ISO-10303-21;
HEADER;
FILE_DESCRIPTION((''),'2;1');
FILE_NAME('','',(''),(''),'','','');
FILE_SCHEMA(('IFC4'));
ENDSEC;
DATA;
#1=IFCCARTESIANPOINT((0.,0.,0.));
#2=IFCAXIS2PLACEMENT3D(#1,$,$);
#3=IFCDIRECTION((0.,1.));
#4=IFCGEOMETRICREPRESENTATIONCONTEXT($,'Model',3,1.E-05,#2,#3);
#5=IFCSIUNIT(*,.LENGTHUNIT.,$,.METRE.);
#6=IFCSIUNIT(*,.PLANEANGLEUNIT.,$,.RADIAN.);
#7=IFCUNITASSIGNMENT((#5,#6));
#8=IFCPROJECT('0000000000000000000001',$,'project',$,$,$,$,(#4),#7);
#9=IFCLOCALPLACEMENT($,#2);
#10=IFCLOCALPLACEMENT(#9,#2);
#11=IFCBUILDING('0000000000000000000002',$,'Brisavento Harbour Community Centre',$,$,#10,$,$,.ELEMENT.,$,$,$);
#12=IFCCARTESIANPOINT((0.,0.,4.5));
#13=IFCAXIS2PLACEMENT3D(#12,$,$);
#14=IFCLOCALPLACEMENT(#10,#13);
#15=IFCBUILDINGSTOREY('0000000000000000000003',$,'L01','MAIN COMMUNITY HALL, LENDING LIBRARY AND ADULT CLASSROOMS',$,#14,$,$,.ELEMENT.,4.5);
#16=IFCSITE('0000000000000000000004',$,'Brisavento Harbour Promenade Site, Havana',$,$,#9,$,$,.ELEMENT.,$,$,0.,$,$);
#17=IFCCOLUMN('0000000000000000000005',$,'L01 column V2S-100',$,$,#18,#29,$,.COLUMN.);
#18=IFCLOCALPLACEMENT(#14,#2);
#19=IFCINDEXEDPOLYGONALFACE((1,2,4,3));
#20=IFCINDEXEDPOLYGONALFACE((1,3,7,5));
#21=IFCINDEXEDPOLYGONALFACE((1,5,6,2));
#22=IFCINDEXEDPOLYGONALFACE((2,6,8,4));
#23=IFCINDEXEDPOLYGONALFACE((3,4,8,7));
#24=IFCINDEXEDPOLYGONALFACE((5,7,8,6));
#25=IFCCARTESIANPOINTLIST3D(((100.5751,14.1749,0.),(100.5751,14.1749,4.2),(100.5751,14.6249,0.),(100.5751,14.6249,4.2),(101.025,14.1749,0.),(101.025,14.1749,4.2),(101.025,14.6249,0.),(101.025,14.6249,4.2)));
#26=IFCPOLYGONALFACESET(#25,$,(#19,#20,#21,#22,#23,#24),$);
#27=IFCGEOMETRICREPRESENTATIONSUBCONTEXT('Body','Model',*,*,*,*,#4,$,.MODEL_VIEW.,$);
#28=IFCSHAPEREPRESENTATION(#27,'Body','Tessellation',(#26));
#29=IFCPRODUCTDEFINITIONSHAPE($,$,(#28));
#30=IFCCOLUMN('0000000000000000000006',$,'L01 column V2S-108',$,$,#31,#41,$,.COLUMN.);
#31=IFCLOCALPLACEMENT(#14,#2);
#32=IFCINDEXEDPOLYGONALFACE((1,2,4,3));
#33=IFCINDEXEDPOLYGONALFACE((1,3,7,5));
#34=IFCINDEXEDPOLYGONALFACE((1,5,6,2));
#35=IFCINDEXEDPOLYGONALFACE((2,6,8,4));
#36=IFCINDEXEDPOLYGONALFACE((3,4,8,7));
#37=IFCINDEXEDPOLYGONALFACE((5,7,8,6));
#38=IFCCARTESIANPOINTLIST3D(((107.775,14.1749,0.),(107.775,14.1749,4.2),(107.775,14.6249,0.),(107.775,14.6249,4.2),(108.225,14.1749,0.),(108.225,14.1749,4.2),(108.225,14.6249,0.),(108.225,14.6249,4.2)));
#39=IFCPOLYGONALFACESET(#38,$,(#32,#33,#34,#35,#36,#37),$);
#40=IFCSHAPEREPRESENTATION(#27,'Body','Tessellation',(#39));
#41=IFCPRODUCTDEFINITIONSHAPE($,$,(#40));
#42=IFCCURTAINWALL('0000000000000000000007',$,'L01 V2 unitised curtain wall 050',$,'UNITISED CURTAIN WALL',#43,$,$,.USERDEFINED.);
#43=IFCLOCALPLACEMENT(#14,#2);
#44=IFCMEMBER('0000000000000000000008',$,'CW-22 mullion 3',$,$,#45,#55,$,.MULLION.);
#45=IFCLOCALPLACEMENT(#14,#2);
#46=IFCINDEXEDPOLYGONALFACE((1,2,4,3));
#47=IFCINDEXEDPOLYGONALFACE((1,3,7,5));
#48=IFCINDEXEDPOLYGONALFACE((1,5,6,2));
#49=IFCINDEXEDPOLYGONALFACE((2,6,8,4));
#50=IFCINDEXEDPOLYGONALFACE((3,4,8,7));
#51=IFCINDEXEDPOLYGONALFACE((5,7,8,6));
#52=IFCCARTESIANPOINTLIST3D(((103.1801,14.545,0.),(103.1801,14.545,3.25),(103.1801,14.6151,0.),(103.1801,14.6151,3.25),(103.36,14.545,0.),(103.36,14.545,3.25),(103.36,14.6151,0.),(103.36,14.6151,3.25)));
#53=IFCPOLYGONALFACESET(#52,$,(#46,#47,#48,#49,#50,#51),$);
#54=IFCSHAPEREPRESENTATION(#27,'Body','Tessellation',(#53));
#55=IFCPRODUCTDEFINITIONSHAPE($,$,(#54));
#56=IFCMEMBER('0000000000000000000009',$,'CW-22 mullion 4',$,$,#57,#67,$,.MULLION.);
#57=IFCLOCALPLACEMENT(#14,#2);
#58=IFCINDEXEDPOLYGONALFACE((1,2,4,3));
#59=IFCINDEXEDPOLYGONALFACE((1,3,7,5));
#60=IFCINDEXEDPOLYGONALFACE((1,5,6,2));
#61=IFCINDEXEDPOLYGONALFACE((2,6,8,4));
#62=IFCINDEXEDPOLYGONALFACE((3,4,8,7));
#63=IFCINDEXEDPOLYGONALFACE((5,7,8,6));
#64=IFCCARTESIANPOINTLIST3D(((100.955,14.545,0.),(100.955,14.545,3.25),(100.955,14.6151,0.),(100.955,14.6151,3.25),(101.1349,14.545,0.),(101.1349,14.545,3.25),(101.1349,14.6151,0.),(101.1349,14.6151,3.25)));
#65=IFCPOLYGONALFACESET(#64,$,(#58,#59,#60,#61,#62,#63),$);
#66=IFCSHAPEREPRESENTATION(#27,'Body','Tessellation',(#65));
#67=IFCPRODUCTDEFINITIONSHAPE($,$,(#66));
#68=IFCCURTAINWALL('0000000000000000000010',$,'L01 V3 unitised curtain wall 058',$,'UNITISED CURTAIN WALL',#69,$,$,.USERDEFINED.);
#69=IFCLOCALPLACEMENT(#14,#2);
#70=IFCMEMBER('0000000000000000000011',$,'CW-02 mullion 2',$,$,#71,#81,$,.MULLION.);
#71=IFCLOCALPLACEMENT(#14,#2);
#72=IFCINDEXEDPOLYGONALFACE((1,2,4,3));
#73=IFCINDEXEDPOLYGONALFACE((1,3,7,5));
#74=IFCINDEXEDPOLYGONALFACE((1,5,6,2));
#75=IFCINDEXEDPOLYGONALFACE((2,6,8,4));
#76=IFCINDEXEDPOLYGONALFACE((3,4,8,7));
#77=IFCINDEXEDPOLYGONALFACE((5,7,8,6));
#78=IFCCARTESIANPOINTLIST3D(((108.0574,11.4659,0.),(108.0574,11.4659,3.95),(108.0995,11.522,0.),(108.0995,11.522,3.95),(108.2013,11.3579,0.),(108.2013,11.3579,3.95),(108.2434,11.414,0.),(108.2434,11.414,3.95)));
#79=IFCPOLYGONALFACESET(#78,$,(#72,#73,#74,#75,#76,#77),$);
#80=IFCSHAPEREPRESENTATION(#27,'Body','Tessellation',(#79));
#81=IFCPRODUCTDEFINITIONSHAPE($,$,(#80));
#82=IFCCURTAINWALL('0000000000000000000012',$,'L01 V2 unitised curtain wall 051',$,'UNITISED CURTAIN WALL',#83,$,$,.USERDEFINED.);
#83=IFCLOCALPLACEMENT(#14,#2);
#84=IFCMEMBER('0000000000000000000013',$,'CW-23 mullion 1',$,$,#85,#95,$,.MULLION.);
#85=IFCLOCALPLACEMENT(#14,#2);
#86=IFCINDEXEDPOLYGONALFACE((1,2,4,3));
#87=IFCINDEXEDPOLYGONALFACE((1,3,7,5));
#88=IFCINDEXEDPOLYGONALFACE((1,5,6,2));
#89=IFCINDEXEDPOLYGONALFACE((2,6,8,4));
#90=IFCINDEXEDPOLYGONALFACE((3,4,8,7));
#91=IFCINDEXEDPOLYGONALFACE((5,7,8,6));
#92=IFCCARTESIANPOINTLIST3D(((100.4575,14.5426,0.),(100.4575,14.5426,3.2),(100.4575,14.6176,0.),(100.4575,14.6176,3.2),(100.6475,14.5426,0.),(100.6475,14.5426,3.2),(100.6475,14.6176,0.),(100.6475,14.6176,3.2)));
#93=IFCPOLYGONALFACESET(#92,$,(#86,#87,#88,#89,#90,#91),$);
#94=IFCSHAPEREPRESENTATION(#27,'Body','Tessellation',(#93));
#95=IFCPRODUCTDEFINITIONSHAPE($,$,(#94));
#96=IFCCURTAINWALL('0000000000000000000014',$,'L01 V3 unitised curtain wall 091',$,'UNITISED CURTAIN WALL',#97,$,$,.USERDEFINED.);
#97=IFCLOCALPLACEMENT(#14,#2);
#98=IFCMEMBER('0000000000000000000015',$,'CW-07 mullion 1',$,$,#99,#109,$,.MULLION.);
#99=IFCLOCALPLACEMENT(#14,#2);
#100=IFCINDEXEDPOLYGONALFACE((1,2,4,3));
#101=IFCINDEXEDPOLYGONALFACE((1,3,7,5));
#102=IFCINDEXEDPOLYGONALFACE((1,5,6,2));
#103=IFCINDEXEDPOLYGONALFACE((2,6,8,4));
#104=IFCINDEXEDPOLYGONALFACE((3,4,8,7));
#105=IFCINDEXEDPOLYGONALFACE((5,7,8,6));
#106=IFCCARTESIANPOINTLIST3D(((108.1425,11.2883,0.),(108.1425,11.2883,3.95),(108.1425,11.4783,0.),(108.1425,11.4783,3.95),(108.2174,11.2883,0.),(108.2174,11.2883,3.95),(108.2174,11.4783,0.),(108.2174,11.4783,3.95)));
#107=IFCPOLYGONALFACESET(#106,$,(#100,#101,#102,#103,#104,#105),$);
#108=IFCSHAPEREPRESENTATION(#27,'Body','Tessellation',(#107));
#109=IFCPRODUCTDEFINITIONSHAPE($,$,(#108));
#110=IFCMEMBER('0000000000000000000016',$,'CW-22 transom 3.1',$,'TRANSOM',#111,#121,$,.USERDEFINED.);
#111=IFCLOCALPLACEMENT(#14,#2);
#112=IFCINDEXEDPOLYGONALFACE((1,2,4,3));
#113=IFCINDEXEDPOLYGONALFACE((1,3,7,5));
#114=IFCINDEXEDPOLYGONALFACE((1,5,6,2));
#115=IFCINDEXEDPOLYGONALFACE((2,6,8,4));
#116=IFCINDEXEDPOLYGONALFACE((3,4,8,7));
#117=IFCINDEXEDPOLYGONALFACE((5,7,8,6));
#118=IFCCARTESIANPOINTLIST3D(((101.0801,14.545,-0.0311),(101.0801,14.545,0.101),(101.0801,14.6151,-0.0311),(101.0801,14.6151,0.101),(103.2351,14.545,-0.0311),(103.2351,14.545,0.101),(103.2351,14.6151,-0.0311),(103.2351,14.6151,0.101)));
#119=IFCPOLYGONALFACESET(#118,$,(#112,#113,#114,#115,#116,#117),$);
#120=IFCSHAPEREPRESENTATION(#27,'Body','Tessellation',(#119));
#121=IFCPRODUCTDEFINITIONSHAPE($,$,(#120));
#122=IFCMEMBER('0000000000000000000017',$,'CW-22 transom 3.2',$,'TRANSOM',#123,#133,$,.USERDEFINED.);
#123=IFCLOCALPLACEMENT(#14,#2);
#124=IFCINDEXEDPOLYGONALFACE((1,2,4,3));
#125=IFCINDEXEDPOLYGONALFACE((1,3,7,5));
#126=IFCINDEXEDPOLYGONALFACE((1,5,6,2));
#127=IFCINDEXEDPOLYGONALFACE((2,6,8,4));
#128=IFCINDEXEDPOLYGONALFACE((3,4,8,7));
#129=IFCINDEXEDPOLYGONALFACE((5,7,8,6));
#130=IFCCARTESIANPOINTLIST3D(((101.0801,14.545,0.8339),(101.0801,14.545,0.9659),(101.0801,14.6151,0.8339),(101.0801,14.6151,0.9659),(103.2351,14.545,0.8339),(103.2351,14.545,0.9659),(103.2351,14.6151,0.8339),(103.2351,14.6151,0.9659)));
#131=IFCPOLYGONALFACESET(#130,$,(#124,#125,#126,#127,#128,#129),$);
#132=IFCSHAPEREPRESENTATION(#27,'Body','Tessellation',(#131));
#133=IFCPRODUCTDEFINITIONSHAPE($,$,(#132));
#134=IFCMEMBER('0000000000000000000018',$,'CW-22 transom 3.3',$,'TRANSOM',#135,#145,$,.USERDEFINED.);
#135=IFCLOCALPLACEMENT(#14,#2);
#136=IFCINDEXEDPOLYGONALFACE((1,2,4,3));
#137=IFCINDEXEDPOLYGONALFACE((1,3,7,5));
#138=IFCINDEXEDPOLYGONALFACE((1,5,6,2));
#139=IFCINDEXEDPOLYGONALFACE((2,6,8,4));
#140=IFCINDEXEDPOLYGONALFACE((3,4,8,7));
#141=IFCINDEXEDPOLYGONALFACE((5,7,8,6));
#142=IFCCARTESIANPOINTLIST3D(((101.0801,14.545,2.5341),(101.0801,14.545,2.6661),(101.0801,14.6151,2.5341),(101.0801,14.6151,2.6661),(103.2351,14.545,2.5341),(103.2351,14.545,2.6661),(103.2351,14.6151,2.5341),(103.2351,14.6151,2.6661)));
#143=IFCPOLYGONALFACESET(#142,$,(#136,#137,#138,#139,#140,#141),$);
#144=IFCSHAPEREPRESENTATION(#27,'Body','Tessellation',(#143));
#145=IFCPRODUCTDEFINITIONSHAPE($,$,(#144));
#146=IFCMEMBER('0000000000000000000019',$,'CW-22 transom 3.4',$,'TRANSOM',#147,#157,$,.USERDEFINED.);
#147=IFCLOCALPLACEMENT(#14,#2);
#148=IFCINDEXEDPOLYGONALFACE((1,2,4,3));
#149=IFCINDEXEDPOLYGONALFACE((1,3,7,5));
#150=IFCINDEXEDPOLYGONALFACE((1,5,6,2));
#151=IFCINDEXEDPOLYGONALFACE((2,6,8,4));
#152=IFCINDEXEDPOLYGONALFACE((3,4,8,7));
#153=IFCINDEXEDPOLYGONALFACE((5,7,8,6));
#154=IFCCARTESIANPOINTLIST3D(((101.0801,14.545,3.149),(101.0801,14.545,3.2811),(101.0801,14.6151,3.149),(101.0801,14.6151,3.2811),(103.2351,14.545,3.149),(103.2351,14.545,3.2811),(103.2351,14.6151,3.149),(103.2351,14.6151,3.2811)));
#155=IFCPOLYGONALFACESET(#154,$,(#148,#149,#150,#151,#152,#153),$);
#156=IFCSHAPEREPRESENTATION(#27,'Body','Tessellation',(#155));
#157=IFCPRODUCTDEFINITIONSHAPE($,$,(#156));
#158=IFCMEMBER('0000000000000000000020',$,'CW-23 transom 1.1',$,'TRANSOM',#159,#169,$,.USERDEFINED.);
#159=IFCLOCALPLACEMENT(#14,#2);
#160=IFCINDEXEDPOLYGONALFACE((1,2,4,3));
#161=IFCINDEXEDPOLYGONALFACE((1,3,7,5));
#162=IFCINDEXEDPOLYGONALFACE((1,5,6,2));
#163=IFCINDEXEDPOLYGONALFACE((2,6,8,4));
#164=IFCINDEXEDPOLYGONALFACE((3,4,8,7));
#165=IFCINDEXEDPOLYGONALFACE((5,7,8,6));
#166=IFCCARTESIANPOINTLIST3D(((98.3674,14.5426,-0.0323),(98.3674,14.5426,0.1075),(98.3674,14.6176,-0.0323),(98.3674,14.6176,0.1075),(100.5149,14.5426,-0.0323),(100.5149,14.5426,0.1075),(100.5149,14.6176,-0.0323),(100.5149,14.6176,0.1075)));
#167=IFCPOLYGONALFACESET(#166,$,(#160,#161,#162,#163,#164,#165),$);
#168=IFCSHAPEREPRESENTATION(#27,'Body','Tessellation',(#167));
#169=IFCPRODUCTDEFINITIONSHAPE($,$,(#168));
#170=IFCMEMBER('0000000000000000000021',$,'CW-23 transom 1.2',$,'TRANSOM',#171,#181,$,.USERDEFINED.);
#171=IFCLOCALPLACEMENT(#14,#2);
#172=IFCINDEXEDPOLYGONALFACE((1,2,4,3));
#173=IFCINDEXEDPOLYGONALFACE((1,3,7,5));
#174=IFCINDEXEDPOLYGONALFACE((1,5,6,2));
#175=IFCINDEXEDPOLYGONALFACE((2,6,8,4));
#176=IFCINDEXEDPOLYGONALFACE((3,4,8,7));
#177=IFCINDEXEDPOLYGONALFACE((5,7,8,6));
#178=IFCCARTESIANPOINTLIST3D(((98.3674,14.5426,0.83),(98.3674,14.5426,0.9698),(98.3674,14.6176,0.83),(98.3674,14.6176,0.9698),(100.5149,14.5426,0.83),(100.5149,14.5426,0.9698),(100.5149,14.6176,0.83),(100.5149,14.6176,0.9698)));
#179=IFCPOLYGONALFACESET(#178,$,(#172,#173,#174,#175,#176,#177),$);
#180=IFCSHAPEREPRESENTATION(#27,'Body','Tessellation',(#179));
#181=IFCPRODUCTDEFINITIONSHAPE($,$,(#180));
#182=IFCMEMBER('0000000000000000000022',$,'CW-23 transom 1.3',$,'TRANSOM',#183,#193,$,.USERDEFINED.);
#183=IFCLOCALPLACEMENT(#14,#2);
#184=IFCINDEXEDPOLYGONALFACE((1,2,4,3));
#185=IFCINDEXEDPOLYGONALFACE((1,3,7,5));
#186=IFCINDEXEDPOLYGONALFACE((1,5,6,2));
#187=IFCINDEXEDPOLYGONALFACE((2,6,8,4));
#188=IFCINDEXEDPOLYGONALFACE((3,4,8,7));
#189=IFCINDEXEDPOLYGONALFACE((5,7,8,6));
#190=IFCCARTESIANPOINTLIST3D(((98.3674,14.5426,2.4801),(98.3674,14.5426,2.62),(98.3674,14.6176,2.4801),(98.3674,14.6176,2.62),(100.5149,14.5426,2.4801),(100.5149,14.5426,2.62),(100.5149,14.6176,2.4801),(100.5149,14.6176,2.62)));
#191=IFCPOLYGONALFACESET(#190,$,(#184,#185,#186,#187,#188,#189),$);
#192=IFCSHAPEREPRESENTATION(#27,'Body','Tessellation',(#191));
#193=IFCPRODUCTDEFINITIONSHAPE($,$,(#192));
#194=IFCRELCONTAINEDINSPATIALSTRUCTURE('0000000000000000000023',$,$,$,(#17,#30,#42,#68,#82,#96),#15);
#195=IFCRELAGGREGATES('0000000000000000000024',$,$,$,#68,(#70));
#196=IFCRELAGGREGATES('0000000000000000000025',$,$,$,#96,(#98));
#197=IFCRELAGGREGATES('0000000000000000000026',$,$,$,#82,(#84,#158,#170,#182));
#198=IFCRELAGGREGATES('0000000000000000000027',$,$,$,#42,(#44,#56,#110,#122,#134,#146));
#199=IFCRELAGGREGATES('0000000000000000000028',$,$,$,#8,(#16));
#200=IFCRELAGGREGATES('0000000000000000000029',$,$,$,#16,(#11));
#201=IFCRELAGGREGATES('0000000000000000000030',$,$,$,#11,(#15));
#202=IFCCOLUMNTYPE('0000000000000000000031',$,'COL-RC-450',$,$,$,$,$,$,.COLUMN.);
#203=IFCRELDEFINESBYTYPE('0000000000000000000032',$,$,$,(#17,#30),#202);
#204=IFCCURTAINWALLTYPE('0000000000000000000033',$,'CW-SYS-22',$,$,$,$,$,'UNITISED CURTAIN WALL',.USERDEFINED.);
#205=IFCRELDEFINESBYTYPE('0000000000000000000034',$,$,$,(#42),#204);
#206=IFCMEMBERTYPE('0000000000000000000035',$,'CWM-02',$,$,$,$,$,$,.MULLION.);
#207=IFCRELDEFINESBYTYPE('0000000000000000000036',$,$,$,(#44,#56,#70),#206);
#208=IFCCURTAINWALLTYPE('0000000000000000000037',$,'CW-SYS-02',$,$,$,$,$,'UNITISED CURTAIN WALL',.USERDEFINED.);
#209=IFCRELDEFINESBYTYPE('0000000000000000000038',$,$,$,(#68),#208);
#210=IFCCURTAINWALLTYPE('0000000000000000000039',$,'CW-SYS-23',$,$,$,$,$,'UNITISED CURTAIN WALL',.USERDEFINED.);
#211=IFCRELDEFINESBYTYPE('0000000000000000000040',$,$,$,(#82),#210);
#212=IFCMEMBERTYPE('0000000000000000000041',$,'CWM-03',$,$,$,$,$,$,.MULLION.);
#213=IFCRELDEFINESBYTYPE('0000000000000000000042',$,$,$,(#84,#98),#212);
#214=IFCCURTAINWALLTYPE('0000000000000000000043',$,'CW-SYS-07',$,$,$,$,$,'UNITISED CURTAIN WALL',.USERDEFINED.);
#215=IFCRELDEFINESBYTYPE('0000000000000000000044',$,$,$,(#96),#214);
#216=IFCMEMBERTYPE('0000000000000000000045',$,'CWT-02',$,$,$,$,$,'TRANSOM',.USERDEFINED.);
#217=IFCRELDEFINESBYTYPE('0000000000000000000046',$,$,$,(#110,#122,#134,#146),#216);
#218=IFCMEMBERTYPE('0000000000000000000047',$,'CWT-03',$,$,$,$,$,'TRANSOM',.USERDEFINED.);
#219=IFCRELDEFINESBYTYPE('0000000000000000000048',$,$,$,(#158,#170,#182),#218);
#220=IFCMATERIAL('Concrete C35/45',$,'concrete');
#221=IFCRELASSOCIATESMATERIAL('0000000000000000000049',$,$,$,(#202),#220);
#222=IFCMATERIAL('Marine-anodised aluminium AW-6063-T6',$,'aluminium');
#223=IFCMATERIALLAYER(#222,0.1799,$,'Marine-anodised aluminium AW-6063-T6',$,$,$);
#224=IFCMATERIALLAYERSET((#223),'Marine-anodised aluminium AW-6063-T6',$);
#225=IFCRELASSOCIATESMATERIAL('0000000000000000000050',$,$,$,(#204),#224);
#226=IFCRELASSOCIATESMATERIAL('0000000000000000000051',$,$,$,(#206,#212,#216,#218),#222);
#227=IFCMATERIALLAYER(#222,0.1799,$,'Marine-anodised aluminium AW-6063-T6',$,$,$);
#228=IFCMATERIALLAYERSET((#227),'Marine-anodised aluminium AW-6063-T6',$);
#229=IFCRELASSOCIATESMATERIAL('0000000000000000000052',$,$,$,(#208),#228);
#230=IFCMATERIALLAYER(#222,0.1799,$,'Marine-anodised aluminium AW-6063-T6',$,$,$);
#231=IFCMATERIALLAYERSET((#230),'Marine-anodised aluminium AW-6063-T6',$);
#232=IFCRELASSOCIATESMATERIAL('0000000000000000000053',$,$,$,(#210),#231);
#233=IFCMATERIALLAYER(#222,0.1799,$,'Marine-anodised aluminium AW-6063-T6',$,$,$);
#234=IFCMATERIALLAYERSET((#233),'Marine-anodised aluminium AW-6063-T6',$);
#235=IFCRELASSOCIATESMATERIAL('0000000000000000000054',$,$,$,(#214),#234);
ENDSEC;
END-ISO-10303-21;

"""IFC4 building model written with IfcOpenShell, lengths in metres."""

from ifc_helpers import new_model, si_unit, direction, frame, origin, origin_2d, place, context, subcontext, project, spatial, rectangle, extrude, material, layer, layer_set, material_profile, profile_set, type_object, element, aggregate, save


model = new_model("IFC4")

# Units and contexts
model_context = context("Model", 3, precision=1e-05, world=origin(), true_north=direction((0.0, 1.0)))
body_context = subcontext(model_context, "Body", "Model", "MODEL_VIEW")
ifc_project = project(units=[si_unit("LENGTHUNIT", "METRE"), si_unit("PLANEANGLEUNIT", "RADIAN")], contexts=[model_context])

# Site, building, storey
site_placement = place(None, origin())
site = spatial("IfcSite", under=ifc_project, at=site_placement, Name="Brisavento Harbour Promenade Site, Havana", CompositionType="ELEMENT", RefElevation=0.0)
building_placement = place(site_placement, origin())
building = spatial("IfcBuilding", under=site, at=building_placement, Name="Brisavento Harbour Community Centre", CompositionType="ELEMENT")
storey_placement = place(building_placement, frame((0.0, 0.0, 4.5)))
storey = spatial("IfcBuildingStorey", under=building, at=storey_placement, Name="L01", Description="MAIN COMMUNITY HALL, LENDING LIBRARY AND ADULT CLASSROOMS", CompositionType="ELEMENT", Elevation=4.5)

# Columns
ifc_material_1 = material(Name="Concrete C35/45", Category="concrete")
ifc_material_profile_1 = material_profile(ifc_material_1, rectangle(XDim=0.45, YDim=0.45, at=origin_2d()), Name="Concrete C35/45")
ifc_profile_set_1 = profile_set([ifc_material_profile_1], Name="Concrete C35/45")
column_type = type_object("IfcColumnType", Name="COL-RC-450", PredefinedType="COLUMN", material=ifc_profile_set_1)
for number, where, z_axis, x_axis, name in (
    (1, (100.8, 14.3999, 0.0), (0.0, 0.0, 1.0), (1.0, 0.0, 0.0), "L01 column V2S-100"),
    (2, (108.0, 14.3999, 0.0), (0.0, 0.0, 1.0), (1.0, 0.0, 0.0), "L01 column V2S-108"),
):
    element("IfcColumn", number, at=place(storey_placement, frame(where, z_axis=z_axis, x_axis=x_axis)), inside=storey, type_object=column_type, Name=name, PredefinedType="COLUMN", context=body_context, shape_type="SweptSolid", body=[
        extrude(rectangle(XDim=0.45, YDim=0.45, at=origin_2d()), origin(), (0.0, 0.0, 1.0), 4.2),
    ])

# Curtain wall, members
ifc_material_2 = material(Name="Marine-anodised aluminium AW-6063-T6", Category="aluminium")
ifc_layer_1 = layer(ifc_material_2, 0.1799, Name="Marine-anodised aluminium AW-6063-T6")
ifc_layer_set_1 = layer_set([ifc_layer_1], Name="Marine-anodised aluminium AW-6063-T6")
curtain_wall_type_1 = type_object("IfcCurtainWallType", Name="CW-SYS-22", ElementType="UNITISED CURTAIN WALL", PredefinedType="USERDEFINED", material=ifc_layer_set_1)
curtain_wall_1_placement = place(storey_placement, origin())
curtain_wall_1 = element("IfcCurtainWall", 3, at=curtain_wall_1_placement, inside=storey, type_object=curtain_wall_type_1, Name="L01 V2 unitised curtain wall 050", ObjectType="UNITISED CURTAIN WALL", PredefinedType="USERDEFINED")
ifc_material_profile_2 = material_profile(ifc_material_2, rectangle(XDim=0.0701, YDim=0.1799, at=origin_2d()), Name="Marine-anodised aluminium AW-6063-T6")
ifc_profile_set_2 = profile_set([ifc_material_profile_2], Name="Marine-anodised aluminium AW-6063-T6")
member_type_1 = type_object("IfcMemberType", Name="CWM-02", PredefinedType="MULLION", material=ifc_profile_set_2)
member_1_placement = place(storey_placement, frame((103.27, 14.5801, 0.0), z_axis=(0.0, 0.0, 1.0), x_axis=(0.0, -1.0, 0.0)))
member_1 = element("IfcMember", 4, at=member_1_placement, type_object=member_type_1, Name="CW-22 mullion 3", PredefinedType="MULLION", context=body_context, shape_type="SweptSolid", body=[
    extrude(rectangle(XDim=0.0701, YDim=0.1799, at=origin_2d()), origin(), (0.0, 0.0, 1.0), 3.25),
])
member_2_placement = place(storey_placement, frame((101.0449, 14.5801, 0.0), z_axis=(0.0, 0.0, 1.0), x_axis=(0.0, -1.0, 0.0)))
member_2 = element("IfcMember", 5, at=member_2_placement, type_object=member_type_1, Name="CW-22 mullion 4", PredefinedType="MULLION", context=body_context, shape_type="SweptSolid", body=[
    extrude(rectangle(XDim=0.0701, YDim=0.1799, at=origin_2d()), origin(), (0.0, 0.0, 1.0), 3.25),
])

# Curtain walls, members
ifc_layer_2 = layer(ifc_material_2, 0.1799, Name="Marine-anodised aluminium AW-6063-T6")
ifc_layer_set_2 = layer_set([ifc_layer_2], Name="Marine-anodised aluminium AW-6063-T6")
curtain_wall_type_2 = type_object("IfcCurtainWallType", Name="CW-SYS-02", ElementType="UNITISED CURTAIN WALL", PredefinedType="USERDEFINED", material=ifc_layer_set_2)
curtain_wall_2_placement = place(storey_placement, origin())
curtain_wall_2 = element("IfcCurtainWall", 6, at=curtain_wall_2_placement, inside=storey, type_object=curtain_wall_type_2, Name="L01 V3 unitised curtain wall 058", ObjectType="UNITISED CURTAIN WALL", PredefinedType="USERDEFINED")
member_3_placement = place(storey_placement, frame((108.1504, 11.4399, 0.0), z_axis=(0.0, 0.0, 1.0), x_axis=(-0.600259, -0.799806, 0.0)))
member_3 = element("IfcMember", 7, at=member_3_placement, type_object=member_type_1, Name="CW-02 mullion 2", PredefinedType="MULLION", context=body_context, shape_type="SweptSolid", body=[
    extrude(rectangle(XDim=0.0701, YDim=0.1799, at=origin_2d()), origin(), (0.0, 0.0, 1.0), 3.95),
])
aggregate(curtain_wall_2, [member_3])
ifc_layer_3 = layer(ifc_material_2, 0.1799, Name="Marine-anodised aluminium AW-6063-T6")
ifc_layer_set_3 = layer_set([ifc_layer_3], Name="Marine-anodised aluminium AW-6063-T6")
curtain_wall_type_3 = type_object("IfcCurtainWallType", Name="CW-SYS-23", ElementType="UNITISED CURTAIN WALL", PredefinedType="USERDEFINED", material=ifc_layer_set_3)
curtain_wall_3_placement = place(storey_placement, origin())
curtain_wall_3 = element("IfcCurtainWall", 8, at=curtain_wall_3_placement, inside=storey, type_object=curtain_wall_type_3, Name="L01 V2 unitised curtain wall 051", ObjectType="UNITISED CURTAIN WALL", PredefinedType="USERDEFINED")
ifc_material_profile_3 = material_profile(ifc_material_2, rectangle(XDim=0.075, YDim=0.1899, at=origin_2d()), Name="Marine-anodised aluminium AW-6063-T6")
ifc_profile_set_3 = profile_set([ifc_material_profile_3], Name="Marine-anodised aluminium AW-6063-T6")
member_type_2 = type_object("IfcMemberType", Name="CWM-03", PredefinedType="MULLION", material=ifc_profile_set_3)
member_4_placement = place(storey_placement, frame((100.5525, 14.5801, 0.0), z_axis=(0.0, 0.0, 1.0), x_axis=(0.0, -1.0, 0.0)))
member_4 = element("IfcMember", 9, at=member_4_placement, type_object=member_type_2, Name="CW-23 mullion 1", PredefinedType="MULLION", context=body_context, shape_type="SweptSolid", body=[
    extrude(rectangle(XDim=0.075, YDim=0.1899, at=origin_2d()), origin(), (0.0, 0.0, 1.0), 3.2),
])
ifc_layer_4 = layer(ifc_material_2, 0.1799, Name="Marine-anodised aluminium AW-6063-T6")
ifc_layer_set_4 = layer_set([ifc_layer_4], Name="Marine-anodised aluminium AW-6063-T6")
curtain_wall_type_4 = type_object("IfcCurtainWallType", Name="CW-SYS-07", ElementType="UNITISED CURTAIN WALL", PredefinedType="USERDEFINED", material=ifc_layer_set_4)
curtain_wall_4_placement = place(storey_placement, origin())
curtain_wall_4 = element("IfcCurtainWall", 10, at=curtain_wall_4_placement, inside=storey, type_object=curtain_wall_type_4, Name="L01 V3 unitised curtain wall 091", ObjectType="UNITISED CURTAIN WALL", PredefinedType="USERDEFINED")
member_5_placement = place(storey_placement, frame((108.1799, 11.3833, 0.0), z_axis=(0.0, 0.0, 1.0), x_axis=(-1.0, 0.0, 0.0)))
member_5 = element("IfcMember", 11, at=member_5_placement, type_object=member_type_2, Name="CW-07 mullion 1", PredefinedType="MULLION", context=body_context, shape_type="SweptSolid", body=[
    extrude(rectangle(XDim=0.075, YDim=0.1899, at=origin_2d()), origin(), (0.0, 0.0, 1.0), 3.95),
])

# Members
ifc_material_profile_4 = material_profile(ifc_material_2, rectangle(XDim=0.0701, YDim=0.1321, at=origin_2d()), Name="Marine-anodised aluminium AW-6063-T6")
ifc_profile_set_4 = profile_set([ifc_material_profile_4], Name="Marine-anodised aluminium AW-6063-T6")
member_type_3 = type_object("IfcMemberType", Name="CWT-02", ElementType="TRANSOM", PredefinedType="USERDEFINED", material=ifc_profile_set_4)
member_6_placement = place(storey_placement, frame((103.2351, 14.5801, 0.0349), z_axis=(-1.0, 0.0, 0.0), x_axis=(0.0, -1.0, 0.0)))
member_6 = element("IfcMember", 12, at=member_6_placement, type_object=member_type_3, Name="CW-22 transom 3.1", ObjectType="TRANSOM", PredefinedType="USERDEFINED", context=body_context, shape_type="SweptSolid", body=[
    extrude(rectangle(XDim=0.0701, YDim=0.1321, at=origin_2d()), origin(), (0.0, 0.0, 1.0), 2.155),
])
member_7_placement = place(storey_placement, frame((103.2351, 14.5801, 0.8999), z_axis=(-1.0, 0.0, 0.0), x_axis=(0.0, -1.0, 0.0)))
member_7 = element("IfcMember", 13, at=member_7_placement, type_object=member_type_3, Name="CW-22 transom 3.2", ObjectType="TRANSOM", PredefinedType="USERDEFINED", context=body_context, shape_type="SweptSolid", body=[
    extrude(rectangle(XDim=0.0701, YDim=0.1321, at=origin_2d()), origin(), (0.0, 0.0, 1.0), 2.155),
])
member_8_placement = place(storey_placement, frame((103.2351, 14.5801, 2.6001), z_axis=(-1.0, 0.0, 0.0), x_axis=(0.0, -1.0, 0.0)))
member_8 = element("IfcMember", 14, at=member_8_placement, type_object=member_type_3, Name="CW-22 transom 3.3", ObjectType="TRANSOM", PredefinedType="USERDEFINED", context=body_context, shape_type="SweptSolid", body=[
    extrude(rectangle(XDim=0.0701, YDim=0.1321, at=origin_2d()), origin(), (0.0, 0.0, 1.0), 2.155),
])
member_9_placement = place(storey_placement, frame((103.2351, 14.5801, 3.2151), z_axis=(-1.0, 0.0, 0.0), x_axis=(0.0, -1.0, 0.0)))
member_9 = element("IfcMember", 15, at=member_9_placement, type_object=member_type_3, Name="CW-22 transom 3.4", ObjectType="TRANSOM", PredefinedType="USERDEFINED", context=body_context, shape_type="SweptSolid", body=[
    extrude(rectangle(XDim=0.0701, YDim=0.1321, at=origin_2d()), origin(), (0.0, 0.0, 1.0), 2.155),
])
ifc_material_profile_5 = material_profile(ifc_material_2, rectangle(XDim=0.075, YDim=0.1399, at=origin_2d()), Name="Marine-anodised aluminium AW-6063-T6")
ifc_profile_set_5 = profile_set([ifc_material_profile_5], Name="Marine-anodised aluminium AW-6063-T6")
member_type_4 = type_object("IfcMemberType", Name="CWT-03", ElementType="TRANSOM", PredefinedType="USERDEFINED", material=ifc_profile_set_5)
member_10_placement = place(storey_placement, frame((100.5149, 14.5801, 0.0376), z_axis=(-1.0, 0.0, 0.0), x_axis=(0.0, -1.0, 0.0)))
member_10 = element("IfcMember", 16, at=member_10_placement, type_object=member_type_4, Name="CW-23 transom 1.1", ObjectType="TRANSOM", PredefinedType="USERDEFINED", context=body_context, shape_type="SweptSolid", body=[
    extrude(rectangle(XDim=0.075, YDim=0.1399, at=origin_2d()), origin(), (0.0, 0.0, 1.0), 2.1475),
])
member_11_placement = place(storey_placement, frame((100.5149, 14.5801, 0.8999), z_axis=(-1.0, 0.0, 0.0), x_axis=(0.0, -1.0, 0.0)))
member_11 = element("IfcMember", 17, at=member_11_placement, type_object=member_type_4, Name="CW-23 transom 1.2", ObjectType="TRANSOM", PredefinedType="USERDEFINED", context=body_context, shape_type="SweptSolid", body=[
    extrude(rectangle(XDim=0.075, YDim=0.1399, at=origin_2d()), origin(), (0.0, 0.0, 1.0), 2.1475),
])
member_12_placement = place(storey_placement, frame((100.5149, 14.5801, 2.55), z_axis=(-1.0, 0.0, 0.0), x_axis=(0.0, -1.0, 0.0)))
member_12 = element("IfcMember", 18, at=member_12_placement, type_object=member_type_4, Name="CW-23 transom 1.3", ObjectType="TRANSOM", PredefinedType="USERDEFINED", context=body_context, shape_type="SweptSolid", body=[
    extrude(rectangle(XDim=0.075, YDim=0.1399, at=origin_2d()), origin(), (0.0, 0.0, 1.0), 2.1475),
])
aggregate(curtain_wall_4, [member_5])

aggregate(curtain_wall_3, [member_4, member_10, member_11, member_12])
aggregate(curtain_wall_1, [member_1, member_2, member_6, member_7, member_8, member_9])

save(model, "model.ifc")
